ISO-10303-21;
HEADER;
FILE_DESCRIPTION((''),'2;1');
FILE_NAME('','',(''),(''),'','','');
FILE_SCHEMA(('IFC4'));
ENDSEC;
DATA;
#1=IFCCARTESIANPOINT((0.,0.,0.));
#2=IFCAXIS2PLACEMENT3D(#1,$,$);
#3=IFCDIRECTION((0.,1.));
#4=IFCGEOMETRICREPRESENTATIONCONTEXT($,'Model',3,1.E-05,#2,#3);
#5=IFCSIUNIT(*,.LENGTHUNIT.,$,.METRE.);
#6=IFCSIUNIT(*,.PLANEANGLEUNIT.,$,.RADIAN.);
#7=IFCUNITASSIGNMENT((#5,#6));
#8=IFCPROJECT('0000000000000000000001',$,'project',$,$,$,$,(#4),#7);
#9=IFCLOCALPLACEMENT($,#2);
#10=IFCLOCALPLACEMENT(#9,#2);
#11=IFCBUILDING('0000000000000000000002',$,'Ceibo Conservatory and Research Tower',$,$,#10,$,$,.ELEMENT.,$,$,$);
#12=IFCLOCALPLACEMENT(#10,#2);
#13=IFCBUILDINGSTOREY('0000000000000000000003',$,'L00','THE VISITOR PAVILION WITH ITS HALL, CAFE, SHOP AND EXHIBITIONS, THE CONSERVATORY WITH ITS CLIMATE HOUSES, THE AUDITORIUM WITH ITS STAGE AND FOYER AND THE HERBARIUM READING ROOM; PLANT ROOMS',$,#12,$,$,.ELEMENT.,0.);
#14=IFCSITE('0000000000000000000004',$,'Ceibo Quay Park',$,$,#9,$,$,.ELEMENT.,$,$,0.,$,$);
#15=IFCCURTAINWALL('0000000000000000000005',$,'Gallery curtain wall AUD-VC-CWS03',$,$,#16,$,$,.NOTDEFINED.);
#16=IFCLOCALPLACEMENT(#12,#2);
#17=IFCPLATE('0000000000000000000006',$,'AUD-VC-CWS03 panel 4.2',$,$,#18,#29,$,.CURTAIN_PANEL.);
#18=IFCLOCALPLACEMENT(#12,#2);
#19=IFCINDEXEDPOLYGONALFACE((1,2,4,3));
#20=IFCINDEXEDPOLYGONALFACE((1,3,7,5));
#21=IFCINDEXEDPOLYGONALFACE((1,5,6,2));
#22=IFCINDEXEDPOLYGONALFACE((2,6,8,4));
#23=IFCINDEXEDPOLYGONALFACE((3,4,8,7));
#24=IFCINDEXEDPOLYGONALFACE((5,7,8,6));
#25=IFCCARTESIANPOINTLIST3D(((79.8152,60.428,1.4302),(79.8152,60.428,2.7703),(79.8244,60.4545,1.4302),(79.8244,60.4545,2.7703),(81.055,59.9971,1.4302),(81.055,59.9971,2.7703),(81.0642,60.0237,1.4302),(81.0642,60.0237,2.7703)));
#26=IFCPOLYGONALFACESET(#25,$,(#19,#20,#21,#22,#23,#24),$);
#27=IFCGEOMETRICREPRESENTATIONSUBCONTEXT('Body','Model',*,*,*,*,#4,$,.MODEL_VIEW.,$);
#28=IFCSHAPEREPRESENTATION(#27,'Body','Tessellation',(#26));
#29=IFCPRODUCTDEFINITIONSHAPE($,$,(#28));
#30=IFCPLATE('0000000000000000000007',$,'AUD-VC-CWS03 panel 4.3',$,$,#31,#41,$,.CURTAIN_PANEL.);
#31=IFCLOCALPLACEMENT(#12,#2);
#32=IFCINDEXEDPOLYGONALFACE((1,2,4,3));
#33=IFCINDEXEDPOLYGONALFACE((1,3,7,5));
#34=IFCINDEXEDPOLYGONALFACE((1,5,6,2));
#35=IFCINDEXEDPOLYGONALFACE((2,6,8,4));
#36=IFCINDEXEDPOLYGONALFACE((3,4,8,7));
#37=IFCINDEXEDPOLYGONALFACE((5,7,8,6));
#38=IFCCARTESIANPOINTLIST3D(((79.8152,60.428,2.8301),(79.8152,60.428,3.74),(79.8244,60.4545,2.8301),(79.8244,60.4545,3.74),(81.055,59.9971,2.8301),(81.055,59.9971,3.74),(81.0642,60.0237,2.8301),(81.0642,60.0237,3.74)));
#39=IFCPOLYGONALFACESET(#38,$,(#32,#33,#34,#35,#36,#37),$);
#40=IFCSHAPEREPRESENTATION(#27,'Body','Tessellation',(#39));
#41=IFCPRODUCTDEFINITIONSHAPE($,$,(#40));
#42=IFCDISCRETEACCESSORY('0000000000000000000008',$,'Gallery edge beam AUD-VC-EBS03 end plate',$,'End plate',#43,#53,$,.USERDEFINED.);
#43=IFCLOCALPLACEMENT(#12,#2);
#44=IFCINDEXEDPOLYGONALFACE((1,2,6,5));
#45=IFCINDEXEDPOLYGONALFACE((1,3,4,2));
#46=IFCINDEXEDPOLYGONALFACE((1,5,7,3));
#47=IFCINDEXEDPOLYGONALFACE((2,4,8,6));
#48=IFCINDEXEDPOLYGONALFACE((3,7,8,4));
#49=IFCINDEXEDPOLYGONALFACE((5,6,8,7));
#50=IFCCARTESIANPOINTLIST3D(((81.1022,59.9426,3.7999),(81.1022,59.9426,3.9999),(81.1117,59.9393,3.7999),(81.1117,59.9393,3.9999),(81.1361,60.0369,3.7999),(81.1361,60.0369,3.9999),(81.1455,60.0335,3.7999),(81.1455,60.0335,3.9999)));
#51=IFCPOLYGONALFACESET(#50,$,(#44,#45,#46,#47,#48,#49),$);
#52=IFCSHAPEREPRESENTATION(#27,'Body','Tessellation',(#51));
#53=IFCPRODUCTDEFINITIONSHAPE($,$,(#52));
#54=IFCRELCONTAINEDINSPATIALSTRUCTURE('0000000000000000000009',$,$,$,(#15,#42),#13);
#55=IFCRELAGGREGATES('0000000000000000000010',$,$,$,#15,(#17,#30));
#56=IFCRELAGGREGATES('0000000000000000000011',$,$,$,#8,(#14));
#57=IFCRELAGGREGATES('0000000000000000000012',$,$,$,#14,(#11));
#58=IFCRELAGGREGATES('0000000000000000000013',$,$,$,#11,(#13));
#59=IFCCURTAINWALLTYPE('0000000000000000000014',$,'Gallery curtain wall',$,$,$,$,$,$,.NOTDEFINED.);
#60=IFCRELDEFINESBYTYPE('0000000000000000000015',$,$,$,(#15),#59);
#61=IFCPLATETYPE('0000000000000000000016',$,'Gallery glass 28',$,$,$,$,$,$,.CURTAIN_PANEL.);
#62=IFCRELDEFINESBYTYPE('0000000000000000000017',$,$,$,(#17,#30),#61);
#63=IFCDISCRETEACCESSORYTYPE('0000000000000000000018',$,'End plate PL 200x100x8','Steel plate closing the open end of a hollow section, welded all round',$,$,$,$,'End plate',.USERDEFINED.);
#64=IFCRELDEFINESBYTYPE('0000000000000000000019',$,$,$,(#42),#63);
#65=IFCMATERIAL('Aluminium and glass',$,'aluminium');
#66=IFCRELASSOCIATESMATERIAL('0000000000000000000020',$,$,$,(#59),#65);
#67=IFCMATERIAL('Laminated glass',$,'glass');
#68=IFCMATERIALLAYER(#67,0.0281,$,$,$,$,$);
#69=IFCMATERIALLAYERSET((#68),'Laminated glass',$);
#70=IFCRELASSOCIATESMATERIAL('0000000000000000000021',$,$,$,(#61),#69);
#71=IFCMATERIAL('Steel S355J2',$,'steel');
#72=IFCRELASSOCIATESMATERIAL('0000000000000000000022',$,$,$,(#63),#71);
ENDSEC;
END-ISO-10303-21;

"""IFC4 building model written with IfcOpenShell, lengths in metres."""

from ifc_helpers import new_model, si_unit, direction, frame, origin, origin_2d, place, context, subcontext, project, spatial, rectangle, extrude, material, layer, layer_set, material_profile, profile_set, type_object, element, aggregate, save


model = new_model("IFC4")

# Units and contexts
model_context = context("Model", 3, precision=1e-05, world=origin(), true_north=direction((0.0, 1.0)))
body_context = subcontext(model_context, "Body", "Model", "MODEL_VIEW")
ifc_project = project(units=[si_unit("LENGTHUNIT", "METRE"), si_unit("PLANEANGLEUNIT", "RADIAN")], contexts=[model_context])

# Site, building, storey
site_placement = place(None, origin())
site = spatial("IfcSite", under=ifc_project, at=site_placement, Name="Ceibo Quay Park", CompositionType="ELEMENT", RefElevation=0.0)
building_placement = place(site_placement, origin())
building = spatial("IfcBuilding", under=site, at=building_placement, Name="Ceibo Conservatory and Research Tower", CompositionType="ELEMENT")
storey_placement = place(building_placement, origin())
storey = spatial("IfcBuildingStorey", under=building, at=storey_placement, Name="L00", Description="THE VISITOR PAVILION WITH ITS HALL, CAFE, SHOP AND EXHIBITIONS, THE CONSERVATORY WITH ITS CLIMATE HOUSES, THE AUDITORIUM WITH ITS STAGE AND FOYER AND THE HERBARIUM READING ROOM; PLANT ROOMS", CompositionType="ELEMENT", Elevation=0.0)

# Curtain wall
ifc_material_1 = material(Name="Aluminium and glass", Category="aluminium")
curtain_wall_type = type_object("IfcCurtainWallType", Name="Gallery curtain wall", PredefinedType="NOTDEFINED", material=ifc_material_1)
curtain_wall_1_placement = place(storey_placement, origin())
curtain_wall_1 = element("IfcCurtainWall", 1, at=curtain_wall_1_placement, inside=storey, type_object=curtain_wall_type, Name="Gallery curtain wall AUD-VC-CWS03", PredefinedType="NOTDEFINED")

# Shared definitions
ifc_material_2 = material(Name="Laminated glass", Category="glass")
ifc_layer = layer(ifc_material_2, 0.0281)
ifc_layer_set = layer_set([ifc_layer], Name="Laminated glass")
plate_type = type_object("IfcPlateType", Name="Gallery glass 28", PredefinedType="CURTAIN_PANEL", material=ifc_layer_set)

# Plates
plate_1_placement = place(storey_placement, frame((80.4397, 60.2258, 1.4302), z_axis=(0.0, 0.0, 1.0), x_axis=(0.944579, -0.328284, 0.0)))
plate_1 = element("IfcPlate", 2, at=plate_1_placement, type_object=plate_type, Name="AUD-VC-CWS03 panel 4.2", PredefinedType="CURTAIN_PANEL", context=body_context, shape_type="SweptSolid", body=[
    extrude(rectangle(XDim=1.3125, YDim=0.0281, at=origin_2d()), origin(), (0.0, 0.0, 1.0), 1.3401),
])
plate_2_placement = place(storey_placement, frame((80.4397, 60.2258, 2.8301), z_axis=(0.0, 0.0, 1.0), x_axis=(0.944579, -0.328284, 0.0)))
plate_2 = element("IfcPlate", 3, at=plate_2_placement, type_object=plate_type, Name="AUD-VC-CWS03 panel 4.3", PredefinedType="CURTAIN_PANEL", context=body_context, shape_type="SweptSolid", body=[
    extrude(rectangle(XDim=1.3125, YDim=0.0281, at=origin_2d()), origin(), (0.0, 0.0, 1.0), 0.9099),
])
aggregate(curtain_wall_1, [plate_1, plate_2])

# Discrete accessory
ifc_material_3 = material(Name="Steel S355J2", Category="steel")
ifc_material_profile_1 = material_profile(ifc_material_3, rectangle(XDim=0.1001, YDim=0.2, at=origin_2d()), Name="End plate PL 200x100x8")
ifc_profile_set_1 = profile_set([ifc_material_profile_1], Name="Steel S355J2")
discrete_accessory_type = type_object("IfcDiscreteAccessoryType", Name="End plate PL 200x100x8", Description="Steel plate closing the open end of a hollow section, welded all round", ElementType="End plate", PredefinedType="USERDEFINED", material=ifc_profile_set_1)
discrete_accessory_placement = place(storey_placement, frame((81.1191, 59.9897, 3.8999), z_axis=(0.941195, -0.337865, 0.0), x_axis=(0.337865, 0.941195, 0.0)))
element("IfcDiscreteAccessory", 4, at=discrete_accessory_placement, inside=storey, type_object=discrete_accessory_type, Name="Gallery edge beam AUD-VC-EBS03 end plate", ObjectType="End plate", PredefinedType="USERDEFINED", context=body_context, shape_type="SweptSolid", body=[
    extrude(rectangle(XDim=0.1001, YDim=0.2, at=origin_2d()), origin(), (0.0, 0.0, 1.0), 0.01),
])

save(model, "model.ifc")
